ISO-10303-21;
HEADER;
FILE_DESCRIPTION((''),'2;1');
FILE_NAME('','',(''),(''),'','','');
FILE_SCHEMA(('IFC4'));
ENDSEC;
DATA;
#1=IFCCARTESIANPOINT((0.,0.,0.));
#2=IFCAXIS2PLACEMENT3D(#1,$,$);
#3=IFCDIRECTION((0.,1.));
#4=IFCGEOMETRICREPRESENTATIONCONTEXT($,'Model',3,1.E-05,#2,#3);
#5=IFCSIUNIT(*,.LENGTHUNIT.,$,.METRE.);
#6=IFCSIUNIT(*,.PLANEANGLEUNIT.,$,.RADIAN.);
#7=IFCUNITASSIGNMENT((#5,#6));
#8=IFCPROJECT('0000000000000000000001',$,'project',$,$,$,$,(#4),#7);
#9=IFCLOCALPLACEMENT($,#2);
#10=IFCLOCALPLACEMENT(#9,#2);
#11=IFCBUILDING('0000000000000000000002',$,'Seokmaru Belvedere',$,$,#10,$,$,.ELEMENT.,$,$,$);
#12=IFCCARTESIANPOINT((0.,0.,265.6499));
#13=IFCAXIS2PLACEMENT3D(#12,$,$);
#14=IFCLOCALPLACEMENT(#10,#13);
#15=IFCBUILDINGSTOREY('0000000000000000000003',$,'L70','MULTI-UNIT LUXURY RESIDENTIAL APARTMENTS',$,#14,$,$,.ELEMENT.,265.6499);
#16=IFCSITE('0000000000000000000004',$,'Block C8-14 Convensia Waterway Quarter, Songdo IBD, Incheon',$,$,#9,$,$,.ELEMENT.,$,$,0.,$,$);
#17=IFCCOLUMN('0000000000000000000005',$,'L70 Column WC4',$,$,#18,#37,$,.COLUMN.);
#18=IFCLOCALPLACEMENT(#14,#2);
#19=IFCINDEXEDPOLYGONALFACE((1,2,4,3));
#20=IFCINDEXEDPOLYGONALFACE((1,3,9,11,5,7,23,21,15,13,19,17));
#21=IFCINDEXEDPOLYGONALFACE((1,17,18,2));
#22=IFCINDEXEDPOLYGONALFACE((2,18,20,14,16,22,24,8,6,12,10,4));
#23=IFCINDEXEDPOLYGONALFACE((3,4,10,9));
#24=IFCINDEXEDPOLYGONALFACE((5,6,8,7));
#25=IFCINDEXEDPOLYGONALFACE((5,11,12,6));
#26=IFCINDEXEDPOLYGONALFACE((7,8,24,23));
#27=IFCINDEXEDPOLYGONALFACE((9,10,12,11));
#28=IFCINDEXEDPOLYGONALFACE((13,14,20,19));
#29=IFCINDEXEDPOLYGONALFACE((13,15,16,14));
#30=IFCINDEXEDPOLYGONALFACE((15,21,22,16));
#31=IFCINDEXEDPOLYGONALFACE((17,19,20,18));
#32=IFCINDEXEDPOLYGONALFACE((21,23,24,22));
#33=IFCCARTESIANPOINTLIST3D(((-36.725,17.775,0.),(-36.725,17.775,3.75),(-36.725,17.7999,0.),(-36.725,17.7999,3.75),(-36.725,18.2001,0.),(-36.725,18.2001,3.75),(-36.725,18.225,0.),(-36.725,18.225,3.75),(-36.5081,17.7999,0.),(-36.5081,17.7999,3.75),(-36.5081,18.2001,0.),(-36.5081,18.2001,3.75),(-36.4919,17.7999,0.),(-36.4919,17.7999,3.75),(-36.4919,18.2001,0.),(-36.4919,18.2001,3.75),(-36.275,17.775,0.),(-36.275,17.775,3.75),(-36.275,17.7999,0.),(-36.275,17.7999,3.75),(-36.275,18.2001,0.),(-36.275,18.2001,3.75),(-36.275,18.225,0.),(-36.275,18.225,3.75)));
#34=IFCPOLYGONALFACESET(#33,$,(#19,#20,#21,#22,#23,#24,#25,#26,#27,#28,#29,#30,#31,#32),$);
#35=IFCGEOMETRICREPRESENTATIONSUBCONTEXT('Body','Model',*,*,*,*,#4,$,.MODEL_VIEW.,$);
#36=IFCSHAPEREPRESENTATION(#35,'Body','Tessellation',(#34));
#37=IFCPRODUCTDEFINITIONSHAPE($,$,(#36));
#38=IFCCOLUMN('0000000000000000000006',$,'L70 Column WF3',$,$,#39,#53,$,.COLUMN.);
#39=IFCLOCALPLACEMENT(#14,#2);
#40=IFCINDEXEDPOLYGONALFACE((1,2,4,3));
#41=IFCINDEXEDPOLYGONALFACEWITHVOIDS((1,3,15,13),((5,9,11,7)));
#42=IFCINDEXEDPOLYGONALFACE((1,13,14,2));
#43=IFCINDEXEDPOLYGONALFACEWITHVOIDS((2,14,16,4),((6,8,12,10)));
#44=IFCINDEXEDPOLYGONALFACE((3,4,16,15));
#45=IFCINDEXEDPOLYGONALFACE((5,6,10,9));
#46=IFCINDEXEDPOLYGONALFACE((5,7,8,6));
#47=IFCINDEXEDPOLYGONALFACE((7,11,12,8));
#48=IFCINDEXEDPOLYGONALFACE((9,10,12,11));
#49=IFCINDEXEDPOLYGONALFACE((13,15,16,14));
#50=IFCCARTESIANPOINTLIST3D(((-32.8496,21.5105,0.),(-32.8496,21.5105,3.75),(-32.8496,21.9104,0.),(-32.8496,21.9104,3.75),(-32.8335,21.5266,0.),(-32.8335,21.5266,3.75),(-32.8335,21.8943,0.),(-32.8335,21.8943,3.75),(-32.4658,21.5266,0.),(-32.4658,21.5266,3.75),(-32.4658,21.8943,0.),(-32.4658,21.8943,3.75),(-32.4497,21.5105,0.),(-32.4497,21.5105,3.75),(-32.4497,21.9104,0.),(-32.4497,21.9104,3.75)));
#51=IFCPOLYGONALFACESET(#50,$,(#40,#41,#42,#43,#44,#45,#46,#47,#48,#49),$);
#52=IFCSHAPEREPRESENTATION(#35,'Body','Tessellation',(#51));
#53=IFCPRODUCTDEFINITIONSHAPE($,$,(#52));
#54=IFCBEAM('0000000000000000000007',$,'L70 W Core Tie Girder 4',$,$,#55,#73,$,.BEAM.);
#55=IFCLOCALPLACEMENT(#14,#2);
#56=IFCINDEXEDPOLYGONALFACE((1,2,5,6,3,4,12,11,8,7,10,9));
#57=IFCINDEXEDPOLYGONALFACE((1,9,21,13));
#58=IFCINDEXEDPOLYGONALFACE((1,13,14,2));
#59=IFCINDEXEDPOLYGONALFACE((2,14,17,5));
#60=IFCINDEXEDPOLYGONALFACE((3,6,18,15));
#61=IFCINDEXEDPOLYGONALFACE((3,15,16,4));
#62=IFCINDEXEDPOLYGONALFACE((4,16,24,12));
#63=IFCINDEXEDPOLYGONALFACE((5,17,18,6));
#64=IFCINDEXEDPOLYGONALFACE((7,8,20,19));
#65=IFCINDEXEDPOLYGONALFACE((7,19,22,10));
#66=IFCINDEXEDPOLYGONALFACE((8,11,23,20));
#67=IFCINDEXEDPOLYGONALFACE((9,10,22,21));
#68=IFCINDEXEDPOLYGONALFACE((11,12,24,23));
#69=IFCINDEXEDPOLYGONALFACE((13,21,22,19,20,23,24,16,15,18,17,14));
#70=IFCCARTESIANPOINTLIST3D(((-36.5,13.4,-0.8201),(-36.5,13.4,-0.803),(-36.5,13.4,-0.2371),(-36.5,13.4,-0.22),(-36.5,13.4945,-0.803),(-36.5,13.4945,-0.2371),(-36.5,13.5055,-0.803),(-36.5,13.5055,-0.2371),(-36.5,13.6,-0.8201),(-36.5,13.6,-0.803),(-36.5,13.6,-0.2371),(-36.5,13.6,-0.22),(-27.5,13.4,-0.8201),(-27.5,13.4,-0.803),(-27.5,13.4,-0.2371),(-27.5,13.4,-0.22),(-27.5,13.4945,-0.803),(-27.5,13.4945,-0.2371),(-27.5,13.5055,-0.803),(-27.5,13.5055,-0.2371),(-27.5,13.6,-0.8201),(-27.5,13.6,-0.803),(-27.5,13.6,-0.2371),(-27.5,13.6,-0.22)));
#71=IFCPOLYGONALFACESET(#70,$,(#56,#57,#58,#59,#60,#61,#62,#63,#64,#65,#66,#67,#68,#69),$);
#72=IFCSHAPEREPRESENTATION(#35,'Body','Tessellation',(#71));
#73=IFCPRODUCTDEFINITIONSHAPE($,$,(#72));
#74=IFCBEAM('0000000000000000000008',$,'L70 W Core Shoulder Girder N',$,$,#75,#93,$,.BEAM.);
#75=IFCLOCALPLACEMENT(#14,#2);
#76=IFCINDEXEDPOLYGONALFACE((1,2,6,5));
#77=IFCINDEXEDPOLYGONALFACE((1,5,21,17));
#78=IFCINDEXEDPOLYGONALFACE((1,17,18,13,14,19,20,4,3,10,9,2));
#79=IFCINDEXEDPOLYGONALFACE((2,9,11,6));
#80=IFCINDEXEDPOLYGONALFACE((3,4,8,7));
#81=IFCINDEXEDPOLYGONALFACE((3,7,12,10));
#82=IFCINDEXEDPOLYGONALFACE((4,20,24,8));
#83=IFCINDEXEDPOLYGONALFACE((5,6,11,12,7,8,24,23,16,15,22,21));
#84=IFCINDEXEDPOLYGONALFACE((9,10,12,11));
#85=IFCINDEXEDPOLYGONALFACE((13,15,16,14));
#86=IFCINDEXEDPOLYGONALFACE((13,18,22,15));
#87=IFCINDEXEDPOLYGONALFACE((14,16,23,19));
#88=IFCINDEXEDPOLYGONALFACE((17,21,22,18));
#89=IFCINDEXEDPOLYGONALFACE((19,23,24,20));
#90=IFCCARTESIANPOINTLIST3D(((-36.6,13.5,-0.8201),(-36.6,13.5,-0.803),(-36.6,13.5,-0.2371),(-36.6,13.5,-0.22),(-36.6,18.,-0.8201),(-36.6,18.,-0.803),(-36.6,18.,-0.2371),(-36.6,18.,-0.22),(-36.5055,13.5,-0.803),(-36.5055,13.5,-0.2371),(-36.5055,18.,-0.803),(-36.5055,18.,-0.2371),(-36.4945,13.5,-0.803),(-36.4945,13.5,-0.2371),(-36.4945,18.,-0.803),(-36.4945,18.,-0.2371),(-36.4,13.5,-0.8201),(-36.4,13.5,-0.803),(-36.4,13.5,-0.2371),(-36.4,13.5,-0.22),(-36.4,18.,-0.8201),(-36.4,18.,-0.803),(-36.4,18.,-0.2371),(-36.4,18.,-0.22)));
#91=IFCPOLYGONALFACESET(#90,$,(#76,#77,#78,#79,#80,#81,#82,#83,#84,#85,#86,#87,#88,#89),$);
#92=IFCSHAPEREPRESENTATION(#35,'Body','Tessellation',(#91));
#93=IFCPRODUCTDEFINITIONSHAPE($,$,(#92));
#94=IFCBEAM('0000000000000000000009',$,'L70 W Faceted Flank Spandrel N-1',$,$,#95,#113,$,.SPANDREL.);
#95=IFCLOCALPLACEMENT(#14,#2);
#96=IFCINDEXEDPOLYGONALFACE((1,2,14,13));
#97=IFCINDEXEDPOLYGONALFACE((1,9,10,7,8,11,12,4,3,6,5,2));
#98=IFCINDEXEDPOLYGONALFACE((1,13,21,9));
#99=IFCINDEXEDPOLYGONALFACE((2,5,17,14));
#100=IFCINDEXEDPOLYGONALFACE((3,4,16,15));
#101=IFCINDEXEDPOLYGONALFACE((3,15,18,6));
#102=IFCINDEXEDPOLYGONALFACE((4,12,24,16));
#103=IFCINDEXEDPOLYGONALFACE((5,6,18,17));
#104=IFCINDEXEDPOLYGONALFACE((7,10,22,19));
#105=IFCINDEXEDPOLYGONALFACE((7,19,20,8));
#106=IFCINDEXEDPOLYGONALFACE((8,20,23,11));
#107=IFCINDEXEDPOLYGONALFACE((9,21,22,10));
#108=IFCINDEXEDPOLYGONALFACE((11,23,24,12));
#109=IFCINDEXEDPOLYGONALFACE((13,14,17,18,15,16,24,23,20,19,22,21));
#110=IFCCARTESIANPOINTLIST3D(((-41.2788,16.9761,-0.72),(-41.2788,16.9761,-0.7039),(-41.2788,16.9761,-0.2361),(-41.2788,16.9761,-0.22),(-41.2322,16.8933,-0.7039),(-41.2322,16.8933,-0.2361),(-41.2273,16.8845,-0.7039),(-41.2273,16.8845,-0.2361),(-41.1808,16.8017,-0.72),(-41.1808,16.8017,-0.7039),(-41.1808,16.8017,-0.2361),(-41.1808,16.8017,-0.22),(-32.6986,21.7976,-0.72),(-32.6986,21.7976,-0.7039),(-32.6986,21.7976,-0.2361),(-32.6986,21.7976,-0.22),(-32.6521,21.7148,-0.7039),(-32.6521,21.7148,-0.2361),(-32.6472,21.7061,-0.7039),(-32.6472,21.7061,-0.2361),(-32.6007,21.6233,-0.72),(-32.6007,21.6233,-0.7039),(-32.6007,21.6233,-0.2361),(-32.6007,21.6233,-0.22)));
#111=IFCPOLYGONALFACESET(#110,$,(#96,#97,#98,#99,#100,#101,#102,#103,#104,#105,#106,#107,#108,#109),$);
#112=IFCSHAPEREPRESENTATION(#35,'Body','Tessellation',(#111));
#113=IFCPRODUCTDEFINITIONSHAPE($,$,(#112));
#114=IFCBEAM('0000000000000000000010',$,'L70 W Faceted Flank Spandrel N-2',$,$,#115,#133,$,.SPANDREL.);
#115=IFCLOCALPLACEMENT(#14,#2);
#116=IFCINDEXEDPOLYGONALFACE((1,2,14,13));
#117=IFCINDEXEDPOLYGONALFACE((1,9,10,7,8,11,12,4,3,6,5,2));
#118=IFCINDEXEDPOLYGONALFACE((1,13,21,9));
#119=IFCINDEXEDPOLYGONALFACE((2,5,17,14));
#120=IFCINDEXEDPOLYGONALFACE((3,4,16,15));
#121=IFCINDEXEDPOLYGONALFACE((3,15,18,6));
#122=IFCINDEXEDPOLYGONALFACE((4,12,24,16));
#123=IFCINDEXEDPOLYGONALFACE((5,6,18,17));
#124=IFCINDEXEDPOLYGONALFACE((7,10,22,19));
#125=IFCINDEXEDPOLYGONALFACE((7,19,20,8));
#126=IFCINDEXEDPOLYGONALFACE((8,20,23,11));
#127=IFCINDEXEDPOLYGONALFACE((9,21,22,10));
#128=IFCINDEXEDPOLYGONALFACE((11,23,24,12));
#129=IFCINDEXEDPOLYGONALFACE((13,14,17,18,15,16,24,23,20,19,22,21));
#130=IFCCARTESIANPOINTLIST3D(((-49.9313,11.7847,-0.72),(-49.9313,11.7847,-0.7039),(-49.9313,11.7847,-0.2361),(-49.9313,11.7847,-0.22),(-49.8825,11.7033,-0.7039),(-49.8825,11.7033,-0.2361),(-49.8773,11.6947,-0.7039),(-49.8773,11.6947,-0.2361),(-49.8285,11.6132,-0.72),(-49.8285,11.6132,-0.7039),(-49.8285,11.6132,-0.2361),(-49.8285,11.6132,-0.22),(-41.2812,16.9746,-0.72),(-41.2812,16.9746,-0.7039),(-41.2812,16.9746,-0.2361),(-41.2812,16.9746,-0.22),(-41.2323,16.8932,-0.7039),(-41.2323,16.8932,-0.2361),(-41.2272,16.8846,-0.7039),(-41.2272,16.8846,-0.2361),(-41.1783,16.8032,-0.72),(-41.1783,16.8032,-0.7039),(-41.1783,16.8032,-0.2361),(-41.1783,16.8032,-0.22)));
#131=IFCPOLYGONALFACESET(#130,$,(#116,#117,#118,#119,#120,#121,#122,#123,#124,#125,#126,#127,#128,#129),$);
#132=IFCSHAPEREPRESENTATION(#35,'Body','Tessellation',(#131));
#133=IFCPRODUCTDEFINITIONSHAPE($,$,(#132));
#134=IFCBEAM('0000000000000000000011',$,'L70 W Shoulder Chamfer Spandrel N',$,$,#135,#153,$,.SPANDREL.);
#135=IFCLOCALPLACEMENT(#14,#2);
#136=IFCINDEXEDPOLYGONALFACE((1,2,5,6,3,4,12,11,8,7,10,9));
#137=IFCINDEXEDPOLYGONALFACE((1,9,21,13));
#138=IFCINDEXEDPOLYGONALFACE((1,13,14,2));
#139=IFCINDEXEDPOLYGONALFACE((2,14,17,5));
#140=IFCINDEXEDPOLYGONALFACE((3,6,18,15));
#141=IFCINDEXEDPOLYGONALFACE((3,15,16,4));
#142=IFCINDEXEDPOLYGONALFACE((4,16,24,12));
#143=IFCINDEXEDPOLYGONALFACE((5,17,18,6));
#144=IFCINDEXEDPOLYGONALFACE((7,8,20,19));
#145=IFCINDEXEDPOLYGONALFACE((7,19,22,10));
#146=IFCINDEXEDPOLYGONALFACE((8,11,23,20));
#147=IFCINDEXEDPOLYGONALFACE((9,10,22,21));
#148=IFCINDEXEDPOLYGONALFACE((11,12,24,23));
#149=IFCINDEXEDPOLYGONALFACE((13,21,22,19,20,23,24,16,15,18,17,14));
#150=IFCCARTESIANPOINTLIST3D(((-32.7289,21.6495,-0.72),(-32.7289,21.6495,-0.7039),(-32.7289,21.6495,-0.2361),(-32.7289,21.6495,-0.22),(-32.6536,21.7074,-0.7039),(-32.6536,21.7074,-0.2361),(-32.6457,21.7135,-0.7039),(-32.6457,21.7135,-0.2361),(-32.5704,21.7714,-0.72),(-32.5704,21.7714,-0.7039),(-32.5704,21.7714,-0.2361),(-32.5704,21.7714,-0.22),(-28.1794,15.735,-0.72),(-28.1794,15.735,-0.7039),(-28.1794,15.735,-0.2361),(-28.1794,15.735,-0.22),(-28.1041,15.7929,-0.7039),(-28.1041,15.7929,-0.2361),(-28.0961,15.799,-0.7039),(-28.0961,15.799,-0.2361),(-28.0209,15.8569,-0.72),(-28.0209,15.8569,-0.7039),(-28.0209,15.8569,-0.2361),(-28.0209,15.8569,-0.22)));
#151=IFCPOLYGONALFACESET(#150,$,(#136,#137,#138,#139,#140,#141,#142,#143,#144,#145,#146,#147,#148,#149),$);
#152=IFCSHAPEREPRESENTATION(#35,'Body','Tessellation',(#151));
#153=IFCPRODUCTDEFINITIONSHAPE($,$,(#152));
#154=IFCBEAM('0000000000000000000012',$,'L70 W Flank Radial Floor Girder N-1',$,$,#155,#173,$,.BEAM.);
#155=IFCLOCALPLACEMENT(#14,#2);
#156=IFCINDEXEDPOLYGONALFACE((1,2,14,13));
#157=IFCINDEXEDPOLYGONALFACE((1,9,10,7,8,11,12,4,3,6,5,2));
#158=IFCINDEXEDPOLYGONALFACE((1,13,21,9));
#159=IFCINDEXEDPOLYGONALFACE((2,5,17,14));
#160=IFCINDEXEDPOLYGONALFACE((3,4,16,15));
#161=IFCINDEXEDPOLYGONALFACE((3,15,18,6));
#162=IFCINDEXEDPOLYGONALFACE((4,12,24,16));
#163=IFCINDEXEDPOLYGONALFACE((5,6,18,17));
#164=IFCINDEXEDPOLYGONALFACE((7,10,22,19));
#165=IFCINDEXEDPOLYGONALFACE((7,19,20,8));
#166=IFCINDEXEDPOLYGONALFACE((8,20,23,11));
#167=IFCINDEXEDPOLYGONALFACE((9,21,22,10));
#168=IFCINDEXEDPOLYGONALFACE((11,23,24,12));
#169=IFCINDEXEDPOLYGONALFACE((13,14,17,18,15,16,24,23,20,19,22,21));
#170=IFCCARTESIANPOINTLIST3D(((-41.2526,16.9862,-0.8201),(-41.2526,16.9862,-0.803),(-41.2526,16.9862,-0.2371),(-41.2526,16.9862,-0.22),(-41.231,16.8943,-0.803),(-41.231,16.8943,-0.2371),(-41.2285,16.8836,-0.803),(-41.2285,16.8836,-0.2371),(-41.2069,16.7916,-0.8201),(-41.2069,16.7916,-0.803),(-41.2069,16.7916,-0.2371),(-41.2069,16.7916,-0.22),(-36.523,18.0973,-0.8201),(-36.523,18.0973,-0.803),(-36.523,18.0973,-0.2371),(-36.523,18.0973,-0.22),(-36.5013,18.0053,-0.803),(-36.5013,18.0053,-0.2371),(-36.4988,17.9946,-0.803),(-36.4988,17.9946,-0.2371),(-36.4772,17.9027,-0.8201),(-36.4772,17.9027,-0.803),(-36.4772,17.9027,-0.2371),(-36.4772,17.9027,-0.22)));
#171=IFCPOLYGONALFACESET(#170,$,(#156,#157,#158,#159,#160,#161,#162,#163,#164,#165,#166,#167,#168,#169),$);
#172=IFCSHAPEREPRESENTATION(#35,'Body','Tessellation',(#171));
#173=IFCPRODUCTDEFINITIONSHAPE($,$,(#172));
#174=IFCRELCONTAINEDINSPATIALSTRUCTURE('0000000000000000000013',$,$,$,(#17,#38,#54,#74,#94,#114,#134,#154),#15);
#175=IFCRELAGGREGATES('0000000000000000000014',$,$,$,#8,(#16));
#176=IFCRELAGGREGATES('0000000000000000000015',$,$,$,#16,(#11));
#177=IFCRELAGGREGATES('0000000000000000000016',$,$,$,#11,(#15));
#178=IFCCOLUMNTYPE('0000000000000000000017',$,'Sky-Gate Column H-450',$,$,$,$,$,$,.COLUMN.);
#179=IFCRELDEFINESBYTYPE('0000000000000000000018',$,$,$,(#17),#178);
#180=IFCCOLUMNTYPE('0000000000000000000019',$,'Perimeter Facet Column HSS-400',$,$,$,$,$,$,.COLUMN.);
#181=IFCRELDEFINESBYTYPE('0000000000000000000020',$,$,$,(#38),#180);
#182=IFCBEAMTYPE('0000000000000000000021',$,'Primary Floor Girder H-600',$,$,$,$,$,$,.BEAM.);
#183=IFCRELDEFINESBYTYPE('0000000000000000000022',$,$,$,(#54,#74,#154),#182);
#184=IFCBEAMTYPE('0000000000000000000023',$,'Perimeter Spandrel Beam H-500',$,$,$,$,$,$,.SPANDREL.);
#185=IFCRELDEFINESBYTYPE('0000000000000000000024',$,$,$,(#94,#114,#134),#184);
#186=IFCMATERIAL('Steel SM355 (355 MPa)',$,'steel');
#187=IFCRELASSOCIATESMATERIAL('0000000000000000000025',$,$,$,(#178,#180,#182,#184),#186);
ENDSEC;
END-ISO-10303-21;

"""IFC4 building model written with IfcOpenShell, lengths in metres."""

from ifc_helpers import new_model, si_unit, direction, frame, origin, origin_2d, place, context, subcontext, project, spatial, hollow_rectangle, i_section, extrude, source, transform, mapped, material, material_profile, profile_set, type_object, type_shapes, element, save


model = new_model("IFC4")

# Units and contexts
model_context = context("Model", 3, precision=1e-05, world=origin(), true_north=direction((0.0, 1.0)))
body_context = subcontext(model_context, "Body", "Model", "MODEL_VIEW")
ifc_project = project(units=[si_unit("LENGTHUNIT", "METRE"), si_unit("PLANEANGLEUNIT", "RADIAN")], contexts=[model_context])

# Site, building, storey
site_placement = place(None, origin())
site = spatial("IfcSite", under=ifc_project, at=site_placement, Name="Block C8-14 Convensia Waterway Quarter, Songdo IBD, Incheon", CompositionType="ELEMENT", RefElevation=0.0)
building_placement = place(site_placement, origin())
building = spatial("IfcBuilding", under=site, at=building_placement, Name="Seokmaru Belvedere", CompositionType="ELEMENT")
storey_placement = place(building_placement, frame((0.0, 0.0, 265.6499)))
storey = spatial("IfcBuildingStorey", under=building, at=storey_placement, Name="L70", Description="MULTI-UNIT LUXURY RESIDENTIAL APARTMENTS", CompositionType="ELEMENT", Elevation=265.6499)

# Columns
ifc_material_1 = material(Name="Steel SM355 (355 MPa)", Category="steel")
ifc_material_profile_1 = material_profile(ifc_material_1, i_section(OverallWidth=0.45, OverallDepth=0.45, WebThickness=0.0161, FlangeThickness=0.0249, at=origin_2d()), Name="H-450x450x16x25")
ifc_profile_set_1 = profile_set([ifc_material_profile_1], Name="Steel SM355 (355 MPa)")
column_type_1 = type_object("IfcColumnType", Name="Sky-Gate Column H-450", PredefinedType="COLUMN", material=ifc_profile_set_1)
shared_shape_1 = source(origin(), body_context, "Body", "SweptSolid", [
    extrude(i_section(OverallWidth=0.45, OverallDepth=0.45, WebThickness=0.0161, FlangeThickness=0.0249, at=origin_2d()), origin(), (0.0, 0.0, 1.0), 3.75),
])
type_shapes(column_type_1, [shared_shape_1])
column_1_placement = place(storey_placement, frame((-36.5, 18.0, 0.0), z_axis=(0.0, 0.0, 1.0), x_axis=(1.0, 0.0, 0.0)))
element("IfcColumn", 1, at=column_1_placement, inside=storey, type_object=column_type_1, Name="L70 Column WC4", PredefinedType="COLUMN", context=body_context, shape_type="MappedRepresentation", body=[
    mapped(shared_shape_1, transform((0.0, 0.0, 0.0), scale=1.0)),
])
ifc_material_profile_2 = material_profile(ifc_material_1, hollow_rectangle(XDim=0.3999, YDim=0.3999, WallThickness=0.0161, at=origin_2d()), Name="HSS-400x400x16")
ifc_profile_set_2 = profile_set([ifc_material_profile_2], Name="Steel SM355 (355 MPa)")
column_type_2 = type_object("IfcColumnType", Name="Perimeter Facet Column HSS-400", PredefinedType="COLUMN", material=ifc_profile_set_2)
shared_shape_2 = source(origin(), body_context, "Body", "SweptSolid", [
    extrude(hollow_rectangle(XDim=0.3999, YDim=0.3999, WallThickness=0.0161, at=origin_2d()), origin(), (0.0, 0.0, 1.0), 3.75),
])
type_shapes(column_type_2, [shared_shape_2])
column_2_placement = place(storey_placement, frame((-32.6497, 21.7104, 0.0), z_axis=(0.0, 0.0, 1.0), x_axis=(1.0, 0.0, 0.0)))
element("IfcColumn", 2, at=column_2_placement, inside=storey, type_object=column_type_2, Name="L70 Column WF3", PredefinedType="COLUMN", context=body_context, shape_type="MappedRepresentation", body=[
    mapped(shared_shape_2, transform((0.0, 0.0, 0.0), scale=1.0)),
])

# Beams
ifc_material_profile_3 = material_profile(ifc_material_1, i_section(OverallWidth=0.2, OverallDepth=0.6001, WebThickness=0.011, FlangeThickness=0.0171, at=origin_2d()), Name="H-600x200x11x17")
ifc_profile_set_3 = profile_set([ifc_material_profile_3], Name="Steel SM355 (355 MPa)")
beam_type_1 = type_object("IfcBeamType", Name="Primary Floor Girder H-600", PredefinedType="BEAM", material=ifc_profile_set_3)
shared_shape_3 = source(origin(), body_context, "Body", "SweptSolid", [
    extrude(i_section(OverallWidth=0.2, OverallDepth=0.6001, WebThickness=0.011, FlangeThickness=0.0171, at=origin_2d()), origin(), (0.0, 0.0, 1.0), 9.0),
])
beam_1_placement = place(storey_placement, frame((-36.5, 13.5, -0.52), z_axis=(1.0, 0.0, 0.0), x_axis=(0.0, 1.0, 0.0)))
element("IfcBeam", 3, at=beam_1_placement, inside=storey, type_object=beam_type_1, Name="L70 W Core Tie Girder 4", PredefinedType="BEAM", context=body_context, shape_type="MappedRepresentation", body=[
    mapped(shared_shape_3, transform((0.0, 0.0, 0.0), scale=1.0)),
])
shared_shape_4 = source(origin(), body_context, "Body", "SweptSolid", [
    extrude(i_section(OverallWidth=0.2, OverallDepth=0.6001, WebThickness=0.011, FlangeThickness=0.0171, at=origin_2d()), origin(), (0.0, 0.0, 1.0), 4.5),
])
beam_2_placement = place(storey_placement, frame((-36.5, 13.5, -0.52), z_axis=(0.0, 1.0, 0.0), x_axis=(-1.0, 0.0, 0.0)))
element("IfcBeam", 4, at=beam_2_placement, inside=storey, type_object=beam_type_1, Name="L70 W Core Shoulder Girder N", PredefinedType="BEAM", context=body_context, shape_type="MappedRepresentation", body=[
    mapped(shared_shape_4, transform((0.0, 0.0, 0.0), scale=1.0)),
])
ifc_material_profile_4 = material_profile(ifc_material_1, i_section(OverallWidth=0.2, OverallDepth=0.5, WebThickness=0.01, FlangeThickness=0.0161, at=origin_2d()), Name="H-500x200x10x16")
ifc_profile_set_4 = profile_set([ifc_material_profile_4], Name="Steel SM355 (355 MPa)")
beam_type_2 = type_object("IfcBeamType", Name="Perimeter Spandrel Beam H-500", PredefinedType="SPANDREL", material=ifc_profile_set_4)
shared_shape_5 = source(origin(), body_context, "Body", "SweptSolid", [
    extrude(i_section(OverallWidth=0.2, OverallDepth=0.5, WebThickness=0.01, FlangeThickness=0.0161, at=origin_2d()), origin(), (0.0, 0.0, 1.0), 9.842),
])
beam_3_placement = place(storey_placement, frame((-32.6497, 21.7104, -0.47), z_axis=(-0.871782, -0.489894, 0.0), x_axis=(0.489894, -0.871782, 0.0)))
element("IfcBeam", 5, at=beam_3_placement, inside=storey, type_object=beam_type_2, Name="L70 W Faceted Flank Spandrel N-1", PredefinedType="SPANDREL", context=body_context, shape_type="MappedRepresentation", body=[
    mapped(shared_shape_5, transform((0.0, 0.0, 0.0), scale=1.0)),
])
shared_shape_6 = source(origin(), body_context, "Body", "SweptSolid", [
    extrude(i_section(OverallWidth=0.2, OverallDepth=0.5, WebThickness=0.01, FlangeThickness=0.0161, at=origin_2d()), origin(), (0.0, 0.0, 1.0), 10.0876),
])
beam_4_placement = place(storey_placement, frame((-41.2297, 16.8889, -0.47), z_axis=(-0.857499, -0.514485, 0.0), x_axis=(0.514485, -0.857499, 0.0)))
element("IfcBeam", 6, at=beam_4_placement, inside=storey, type_object=beam_type_2, Name="L70 W Faceted Flank Spandrel N-2", PredefinedType="SPANDREL", context=body_context, shape_type="MappedRepresentation", body=[
    mapped(shared_shape_6, transform((0.0, 0.0, 0.0), scale=1.0)),
])
shared_shape_7 = source(origin(), body_context, "Body", "SweptSolid", [
    extrude(i_section(OverallWidth=0.2, OverallDepth=0.5, WebThickness=0.01, FlangeThickness=0.0161, at=origin_2d()), origin(), (0.0, 0.0, 1.0), 7.4619),
])
type_shapes(beam_type_2, [shared_shape_5, shared_shape_6, shared_shape_7])
beam_5_placement = place(storey_placement, frame((-32.6497, 21.7104, -0.47), z_axis=(0.609703, -0.79263, 0.0), x_axis=(0.79263, 0.609703, 0.0)))
element("IfcBeam", 7, at=beam_5_placement, inside=storey, type_object=beam_type_2, Name="L70 W Shoulder Chamfer Spandrel N", PredefinedType="SPANDREL", context=body_context, shape_type="MappedRepresentation", body=[
    mapped(shared_shape_7, transform((0.0, 0.0, 0.0), scale=1.0)),
])
shared_shape_8 = source(origin(), body_context, "Body", "SweptSolid", [
    extrude(i_section(OverallWidth=0.2, OverallDepth=0.6001, WebThickness=0.011, FlangeThickness=0.0171, at=origin_2d()), origin(), (0.0, 0.0, 1.0), 4.8584),
])
type_shapes(beam_type_1, [shared_shape_3, shared_shape_4, shared_shape_8])
beam_6_placement = place(storey_placement, frame((-41.2297, 16.8889, -0.52), z_axis=(0.973499, 0.228689, 0.0), x_axis=(-0.228689, 0.973499, 0.0)))
element("IfcBeam", 8, at=beam_6_placement, inside=storey, type_object=beam_type_1, Name="L70 W Flank Radial Floor Girder N-1", PredefinedType="BEAM", context=body_context, shape_type="MappedRepresentation", body=[
    mapped(shared_shape_8, transform((0.0, 0.0, 0.0), scale=1.0)),
])

save(model, "model.ifc")
